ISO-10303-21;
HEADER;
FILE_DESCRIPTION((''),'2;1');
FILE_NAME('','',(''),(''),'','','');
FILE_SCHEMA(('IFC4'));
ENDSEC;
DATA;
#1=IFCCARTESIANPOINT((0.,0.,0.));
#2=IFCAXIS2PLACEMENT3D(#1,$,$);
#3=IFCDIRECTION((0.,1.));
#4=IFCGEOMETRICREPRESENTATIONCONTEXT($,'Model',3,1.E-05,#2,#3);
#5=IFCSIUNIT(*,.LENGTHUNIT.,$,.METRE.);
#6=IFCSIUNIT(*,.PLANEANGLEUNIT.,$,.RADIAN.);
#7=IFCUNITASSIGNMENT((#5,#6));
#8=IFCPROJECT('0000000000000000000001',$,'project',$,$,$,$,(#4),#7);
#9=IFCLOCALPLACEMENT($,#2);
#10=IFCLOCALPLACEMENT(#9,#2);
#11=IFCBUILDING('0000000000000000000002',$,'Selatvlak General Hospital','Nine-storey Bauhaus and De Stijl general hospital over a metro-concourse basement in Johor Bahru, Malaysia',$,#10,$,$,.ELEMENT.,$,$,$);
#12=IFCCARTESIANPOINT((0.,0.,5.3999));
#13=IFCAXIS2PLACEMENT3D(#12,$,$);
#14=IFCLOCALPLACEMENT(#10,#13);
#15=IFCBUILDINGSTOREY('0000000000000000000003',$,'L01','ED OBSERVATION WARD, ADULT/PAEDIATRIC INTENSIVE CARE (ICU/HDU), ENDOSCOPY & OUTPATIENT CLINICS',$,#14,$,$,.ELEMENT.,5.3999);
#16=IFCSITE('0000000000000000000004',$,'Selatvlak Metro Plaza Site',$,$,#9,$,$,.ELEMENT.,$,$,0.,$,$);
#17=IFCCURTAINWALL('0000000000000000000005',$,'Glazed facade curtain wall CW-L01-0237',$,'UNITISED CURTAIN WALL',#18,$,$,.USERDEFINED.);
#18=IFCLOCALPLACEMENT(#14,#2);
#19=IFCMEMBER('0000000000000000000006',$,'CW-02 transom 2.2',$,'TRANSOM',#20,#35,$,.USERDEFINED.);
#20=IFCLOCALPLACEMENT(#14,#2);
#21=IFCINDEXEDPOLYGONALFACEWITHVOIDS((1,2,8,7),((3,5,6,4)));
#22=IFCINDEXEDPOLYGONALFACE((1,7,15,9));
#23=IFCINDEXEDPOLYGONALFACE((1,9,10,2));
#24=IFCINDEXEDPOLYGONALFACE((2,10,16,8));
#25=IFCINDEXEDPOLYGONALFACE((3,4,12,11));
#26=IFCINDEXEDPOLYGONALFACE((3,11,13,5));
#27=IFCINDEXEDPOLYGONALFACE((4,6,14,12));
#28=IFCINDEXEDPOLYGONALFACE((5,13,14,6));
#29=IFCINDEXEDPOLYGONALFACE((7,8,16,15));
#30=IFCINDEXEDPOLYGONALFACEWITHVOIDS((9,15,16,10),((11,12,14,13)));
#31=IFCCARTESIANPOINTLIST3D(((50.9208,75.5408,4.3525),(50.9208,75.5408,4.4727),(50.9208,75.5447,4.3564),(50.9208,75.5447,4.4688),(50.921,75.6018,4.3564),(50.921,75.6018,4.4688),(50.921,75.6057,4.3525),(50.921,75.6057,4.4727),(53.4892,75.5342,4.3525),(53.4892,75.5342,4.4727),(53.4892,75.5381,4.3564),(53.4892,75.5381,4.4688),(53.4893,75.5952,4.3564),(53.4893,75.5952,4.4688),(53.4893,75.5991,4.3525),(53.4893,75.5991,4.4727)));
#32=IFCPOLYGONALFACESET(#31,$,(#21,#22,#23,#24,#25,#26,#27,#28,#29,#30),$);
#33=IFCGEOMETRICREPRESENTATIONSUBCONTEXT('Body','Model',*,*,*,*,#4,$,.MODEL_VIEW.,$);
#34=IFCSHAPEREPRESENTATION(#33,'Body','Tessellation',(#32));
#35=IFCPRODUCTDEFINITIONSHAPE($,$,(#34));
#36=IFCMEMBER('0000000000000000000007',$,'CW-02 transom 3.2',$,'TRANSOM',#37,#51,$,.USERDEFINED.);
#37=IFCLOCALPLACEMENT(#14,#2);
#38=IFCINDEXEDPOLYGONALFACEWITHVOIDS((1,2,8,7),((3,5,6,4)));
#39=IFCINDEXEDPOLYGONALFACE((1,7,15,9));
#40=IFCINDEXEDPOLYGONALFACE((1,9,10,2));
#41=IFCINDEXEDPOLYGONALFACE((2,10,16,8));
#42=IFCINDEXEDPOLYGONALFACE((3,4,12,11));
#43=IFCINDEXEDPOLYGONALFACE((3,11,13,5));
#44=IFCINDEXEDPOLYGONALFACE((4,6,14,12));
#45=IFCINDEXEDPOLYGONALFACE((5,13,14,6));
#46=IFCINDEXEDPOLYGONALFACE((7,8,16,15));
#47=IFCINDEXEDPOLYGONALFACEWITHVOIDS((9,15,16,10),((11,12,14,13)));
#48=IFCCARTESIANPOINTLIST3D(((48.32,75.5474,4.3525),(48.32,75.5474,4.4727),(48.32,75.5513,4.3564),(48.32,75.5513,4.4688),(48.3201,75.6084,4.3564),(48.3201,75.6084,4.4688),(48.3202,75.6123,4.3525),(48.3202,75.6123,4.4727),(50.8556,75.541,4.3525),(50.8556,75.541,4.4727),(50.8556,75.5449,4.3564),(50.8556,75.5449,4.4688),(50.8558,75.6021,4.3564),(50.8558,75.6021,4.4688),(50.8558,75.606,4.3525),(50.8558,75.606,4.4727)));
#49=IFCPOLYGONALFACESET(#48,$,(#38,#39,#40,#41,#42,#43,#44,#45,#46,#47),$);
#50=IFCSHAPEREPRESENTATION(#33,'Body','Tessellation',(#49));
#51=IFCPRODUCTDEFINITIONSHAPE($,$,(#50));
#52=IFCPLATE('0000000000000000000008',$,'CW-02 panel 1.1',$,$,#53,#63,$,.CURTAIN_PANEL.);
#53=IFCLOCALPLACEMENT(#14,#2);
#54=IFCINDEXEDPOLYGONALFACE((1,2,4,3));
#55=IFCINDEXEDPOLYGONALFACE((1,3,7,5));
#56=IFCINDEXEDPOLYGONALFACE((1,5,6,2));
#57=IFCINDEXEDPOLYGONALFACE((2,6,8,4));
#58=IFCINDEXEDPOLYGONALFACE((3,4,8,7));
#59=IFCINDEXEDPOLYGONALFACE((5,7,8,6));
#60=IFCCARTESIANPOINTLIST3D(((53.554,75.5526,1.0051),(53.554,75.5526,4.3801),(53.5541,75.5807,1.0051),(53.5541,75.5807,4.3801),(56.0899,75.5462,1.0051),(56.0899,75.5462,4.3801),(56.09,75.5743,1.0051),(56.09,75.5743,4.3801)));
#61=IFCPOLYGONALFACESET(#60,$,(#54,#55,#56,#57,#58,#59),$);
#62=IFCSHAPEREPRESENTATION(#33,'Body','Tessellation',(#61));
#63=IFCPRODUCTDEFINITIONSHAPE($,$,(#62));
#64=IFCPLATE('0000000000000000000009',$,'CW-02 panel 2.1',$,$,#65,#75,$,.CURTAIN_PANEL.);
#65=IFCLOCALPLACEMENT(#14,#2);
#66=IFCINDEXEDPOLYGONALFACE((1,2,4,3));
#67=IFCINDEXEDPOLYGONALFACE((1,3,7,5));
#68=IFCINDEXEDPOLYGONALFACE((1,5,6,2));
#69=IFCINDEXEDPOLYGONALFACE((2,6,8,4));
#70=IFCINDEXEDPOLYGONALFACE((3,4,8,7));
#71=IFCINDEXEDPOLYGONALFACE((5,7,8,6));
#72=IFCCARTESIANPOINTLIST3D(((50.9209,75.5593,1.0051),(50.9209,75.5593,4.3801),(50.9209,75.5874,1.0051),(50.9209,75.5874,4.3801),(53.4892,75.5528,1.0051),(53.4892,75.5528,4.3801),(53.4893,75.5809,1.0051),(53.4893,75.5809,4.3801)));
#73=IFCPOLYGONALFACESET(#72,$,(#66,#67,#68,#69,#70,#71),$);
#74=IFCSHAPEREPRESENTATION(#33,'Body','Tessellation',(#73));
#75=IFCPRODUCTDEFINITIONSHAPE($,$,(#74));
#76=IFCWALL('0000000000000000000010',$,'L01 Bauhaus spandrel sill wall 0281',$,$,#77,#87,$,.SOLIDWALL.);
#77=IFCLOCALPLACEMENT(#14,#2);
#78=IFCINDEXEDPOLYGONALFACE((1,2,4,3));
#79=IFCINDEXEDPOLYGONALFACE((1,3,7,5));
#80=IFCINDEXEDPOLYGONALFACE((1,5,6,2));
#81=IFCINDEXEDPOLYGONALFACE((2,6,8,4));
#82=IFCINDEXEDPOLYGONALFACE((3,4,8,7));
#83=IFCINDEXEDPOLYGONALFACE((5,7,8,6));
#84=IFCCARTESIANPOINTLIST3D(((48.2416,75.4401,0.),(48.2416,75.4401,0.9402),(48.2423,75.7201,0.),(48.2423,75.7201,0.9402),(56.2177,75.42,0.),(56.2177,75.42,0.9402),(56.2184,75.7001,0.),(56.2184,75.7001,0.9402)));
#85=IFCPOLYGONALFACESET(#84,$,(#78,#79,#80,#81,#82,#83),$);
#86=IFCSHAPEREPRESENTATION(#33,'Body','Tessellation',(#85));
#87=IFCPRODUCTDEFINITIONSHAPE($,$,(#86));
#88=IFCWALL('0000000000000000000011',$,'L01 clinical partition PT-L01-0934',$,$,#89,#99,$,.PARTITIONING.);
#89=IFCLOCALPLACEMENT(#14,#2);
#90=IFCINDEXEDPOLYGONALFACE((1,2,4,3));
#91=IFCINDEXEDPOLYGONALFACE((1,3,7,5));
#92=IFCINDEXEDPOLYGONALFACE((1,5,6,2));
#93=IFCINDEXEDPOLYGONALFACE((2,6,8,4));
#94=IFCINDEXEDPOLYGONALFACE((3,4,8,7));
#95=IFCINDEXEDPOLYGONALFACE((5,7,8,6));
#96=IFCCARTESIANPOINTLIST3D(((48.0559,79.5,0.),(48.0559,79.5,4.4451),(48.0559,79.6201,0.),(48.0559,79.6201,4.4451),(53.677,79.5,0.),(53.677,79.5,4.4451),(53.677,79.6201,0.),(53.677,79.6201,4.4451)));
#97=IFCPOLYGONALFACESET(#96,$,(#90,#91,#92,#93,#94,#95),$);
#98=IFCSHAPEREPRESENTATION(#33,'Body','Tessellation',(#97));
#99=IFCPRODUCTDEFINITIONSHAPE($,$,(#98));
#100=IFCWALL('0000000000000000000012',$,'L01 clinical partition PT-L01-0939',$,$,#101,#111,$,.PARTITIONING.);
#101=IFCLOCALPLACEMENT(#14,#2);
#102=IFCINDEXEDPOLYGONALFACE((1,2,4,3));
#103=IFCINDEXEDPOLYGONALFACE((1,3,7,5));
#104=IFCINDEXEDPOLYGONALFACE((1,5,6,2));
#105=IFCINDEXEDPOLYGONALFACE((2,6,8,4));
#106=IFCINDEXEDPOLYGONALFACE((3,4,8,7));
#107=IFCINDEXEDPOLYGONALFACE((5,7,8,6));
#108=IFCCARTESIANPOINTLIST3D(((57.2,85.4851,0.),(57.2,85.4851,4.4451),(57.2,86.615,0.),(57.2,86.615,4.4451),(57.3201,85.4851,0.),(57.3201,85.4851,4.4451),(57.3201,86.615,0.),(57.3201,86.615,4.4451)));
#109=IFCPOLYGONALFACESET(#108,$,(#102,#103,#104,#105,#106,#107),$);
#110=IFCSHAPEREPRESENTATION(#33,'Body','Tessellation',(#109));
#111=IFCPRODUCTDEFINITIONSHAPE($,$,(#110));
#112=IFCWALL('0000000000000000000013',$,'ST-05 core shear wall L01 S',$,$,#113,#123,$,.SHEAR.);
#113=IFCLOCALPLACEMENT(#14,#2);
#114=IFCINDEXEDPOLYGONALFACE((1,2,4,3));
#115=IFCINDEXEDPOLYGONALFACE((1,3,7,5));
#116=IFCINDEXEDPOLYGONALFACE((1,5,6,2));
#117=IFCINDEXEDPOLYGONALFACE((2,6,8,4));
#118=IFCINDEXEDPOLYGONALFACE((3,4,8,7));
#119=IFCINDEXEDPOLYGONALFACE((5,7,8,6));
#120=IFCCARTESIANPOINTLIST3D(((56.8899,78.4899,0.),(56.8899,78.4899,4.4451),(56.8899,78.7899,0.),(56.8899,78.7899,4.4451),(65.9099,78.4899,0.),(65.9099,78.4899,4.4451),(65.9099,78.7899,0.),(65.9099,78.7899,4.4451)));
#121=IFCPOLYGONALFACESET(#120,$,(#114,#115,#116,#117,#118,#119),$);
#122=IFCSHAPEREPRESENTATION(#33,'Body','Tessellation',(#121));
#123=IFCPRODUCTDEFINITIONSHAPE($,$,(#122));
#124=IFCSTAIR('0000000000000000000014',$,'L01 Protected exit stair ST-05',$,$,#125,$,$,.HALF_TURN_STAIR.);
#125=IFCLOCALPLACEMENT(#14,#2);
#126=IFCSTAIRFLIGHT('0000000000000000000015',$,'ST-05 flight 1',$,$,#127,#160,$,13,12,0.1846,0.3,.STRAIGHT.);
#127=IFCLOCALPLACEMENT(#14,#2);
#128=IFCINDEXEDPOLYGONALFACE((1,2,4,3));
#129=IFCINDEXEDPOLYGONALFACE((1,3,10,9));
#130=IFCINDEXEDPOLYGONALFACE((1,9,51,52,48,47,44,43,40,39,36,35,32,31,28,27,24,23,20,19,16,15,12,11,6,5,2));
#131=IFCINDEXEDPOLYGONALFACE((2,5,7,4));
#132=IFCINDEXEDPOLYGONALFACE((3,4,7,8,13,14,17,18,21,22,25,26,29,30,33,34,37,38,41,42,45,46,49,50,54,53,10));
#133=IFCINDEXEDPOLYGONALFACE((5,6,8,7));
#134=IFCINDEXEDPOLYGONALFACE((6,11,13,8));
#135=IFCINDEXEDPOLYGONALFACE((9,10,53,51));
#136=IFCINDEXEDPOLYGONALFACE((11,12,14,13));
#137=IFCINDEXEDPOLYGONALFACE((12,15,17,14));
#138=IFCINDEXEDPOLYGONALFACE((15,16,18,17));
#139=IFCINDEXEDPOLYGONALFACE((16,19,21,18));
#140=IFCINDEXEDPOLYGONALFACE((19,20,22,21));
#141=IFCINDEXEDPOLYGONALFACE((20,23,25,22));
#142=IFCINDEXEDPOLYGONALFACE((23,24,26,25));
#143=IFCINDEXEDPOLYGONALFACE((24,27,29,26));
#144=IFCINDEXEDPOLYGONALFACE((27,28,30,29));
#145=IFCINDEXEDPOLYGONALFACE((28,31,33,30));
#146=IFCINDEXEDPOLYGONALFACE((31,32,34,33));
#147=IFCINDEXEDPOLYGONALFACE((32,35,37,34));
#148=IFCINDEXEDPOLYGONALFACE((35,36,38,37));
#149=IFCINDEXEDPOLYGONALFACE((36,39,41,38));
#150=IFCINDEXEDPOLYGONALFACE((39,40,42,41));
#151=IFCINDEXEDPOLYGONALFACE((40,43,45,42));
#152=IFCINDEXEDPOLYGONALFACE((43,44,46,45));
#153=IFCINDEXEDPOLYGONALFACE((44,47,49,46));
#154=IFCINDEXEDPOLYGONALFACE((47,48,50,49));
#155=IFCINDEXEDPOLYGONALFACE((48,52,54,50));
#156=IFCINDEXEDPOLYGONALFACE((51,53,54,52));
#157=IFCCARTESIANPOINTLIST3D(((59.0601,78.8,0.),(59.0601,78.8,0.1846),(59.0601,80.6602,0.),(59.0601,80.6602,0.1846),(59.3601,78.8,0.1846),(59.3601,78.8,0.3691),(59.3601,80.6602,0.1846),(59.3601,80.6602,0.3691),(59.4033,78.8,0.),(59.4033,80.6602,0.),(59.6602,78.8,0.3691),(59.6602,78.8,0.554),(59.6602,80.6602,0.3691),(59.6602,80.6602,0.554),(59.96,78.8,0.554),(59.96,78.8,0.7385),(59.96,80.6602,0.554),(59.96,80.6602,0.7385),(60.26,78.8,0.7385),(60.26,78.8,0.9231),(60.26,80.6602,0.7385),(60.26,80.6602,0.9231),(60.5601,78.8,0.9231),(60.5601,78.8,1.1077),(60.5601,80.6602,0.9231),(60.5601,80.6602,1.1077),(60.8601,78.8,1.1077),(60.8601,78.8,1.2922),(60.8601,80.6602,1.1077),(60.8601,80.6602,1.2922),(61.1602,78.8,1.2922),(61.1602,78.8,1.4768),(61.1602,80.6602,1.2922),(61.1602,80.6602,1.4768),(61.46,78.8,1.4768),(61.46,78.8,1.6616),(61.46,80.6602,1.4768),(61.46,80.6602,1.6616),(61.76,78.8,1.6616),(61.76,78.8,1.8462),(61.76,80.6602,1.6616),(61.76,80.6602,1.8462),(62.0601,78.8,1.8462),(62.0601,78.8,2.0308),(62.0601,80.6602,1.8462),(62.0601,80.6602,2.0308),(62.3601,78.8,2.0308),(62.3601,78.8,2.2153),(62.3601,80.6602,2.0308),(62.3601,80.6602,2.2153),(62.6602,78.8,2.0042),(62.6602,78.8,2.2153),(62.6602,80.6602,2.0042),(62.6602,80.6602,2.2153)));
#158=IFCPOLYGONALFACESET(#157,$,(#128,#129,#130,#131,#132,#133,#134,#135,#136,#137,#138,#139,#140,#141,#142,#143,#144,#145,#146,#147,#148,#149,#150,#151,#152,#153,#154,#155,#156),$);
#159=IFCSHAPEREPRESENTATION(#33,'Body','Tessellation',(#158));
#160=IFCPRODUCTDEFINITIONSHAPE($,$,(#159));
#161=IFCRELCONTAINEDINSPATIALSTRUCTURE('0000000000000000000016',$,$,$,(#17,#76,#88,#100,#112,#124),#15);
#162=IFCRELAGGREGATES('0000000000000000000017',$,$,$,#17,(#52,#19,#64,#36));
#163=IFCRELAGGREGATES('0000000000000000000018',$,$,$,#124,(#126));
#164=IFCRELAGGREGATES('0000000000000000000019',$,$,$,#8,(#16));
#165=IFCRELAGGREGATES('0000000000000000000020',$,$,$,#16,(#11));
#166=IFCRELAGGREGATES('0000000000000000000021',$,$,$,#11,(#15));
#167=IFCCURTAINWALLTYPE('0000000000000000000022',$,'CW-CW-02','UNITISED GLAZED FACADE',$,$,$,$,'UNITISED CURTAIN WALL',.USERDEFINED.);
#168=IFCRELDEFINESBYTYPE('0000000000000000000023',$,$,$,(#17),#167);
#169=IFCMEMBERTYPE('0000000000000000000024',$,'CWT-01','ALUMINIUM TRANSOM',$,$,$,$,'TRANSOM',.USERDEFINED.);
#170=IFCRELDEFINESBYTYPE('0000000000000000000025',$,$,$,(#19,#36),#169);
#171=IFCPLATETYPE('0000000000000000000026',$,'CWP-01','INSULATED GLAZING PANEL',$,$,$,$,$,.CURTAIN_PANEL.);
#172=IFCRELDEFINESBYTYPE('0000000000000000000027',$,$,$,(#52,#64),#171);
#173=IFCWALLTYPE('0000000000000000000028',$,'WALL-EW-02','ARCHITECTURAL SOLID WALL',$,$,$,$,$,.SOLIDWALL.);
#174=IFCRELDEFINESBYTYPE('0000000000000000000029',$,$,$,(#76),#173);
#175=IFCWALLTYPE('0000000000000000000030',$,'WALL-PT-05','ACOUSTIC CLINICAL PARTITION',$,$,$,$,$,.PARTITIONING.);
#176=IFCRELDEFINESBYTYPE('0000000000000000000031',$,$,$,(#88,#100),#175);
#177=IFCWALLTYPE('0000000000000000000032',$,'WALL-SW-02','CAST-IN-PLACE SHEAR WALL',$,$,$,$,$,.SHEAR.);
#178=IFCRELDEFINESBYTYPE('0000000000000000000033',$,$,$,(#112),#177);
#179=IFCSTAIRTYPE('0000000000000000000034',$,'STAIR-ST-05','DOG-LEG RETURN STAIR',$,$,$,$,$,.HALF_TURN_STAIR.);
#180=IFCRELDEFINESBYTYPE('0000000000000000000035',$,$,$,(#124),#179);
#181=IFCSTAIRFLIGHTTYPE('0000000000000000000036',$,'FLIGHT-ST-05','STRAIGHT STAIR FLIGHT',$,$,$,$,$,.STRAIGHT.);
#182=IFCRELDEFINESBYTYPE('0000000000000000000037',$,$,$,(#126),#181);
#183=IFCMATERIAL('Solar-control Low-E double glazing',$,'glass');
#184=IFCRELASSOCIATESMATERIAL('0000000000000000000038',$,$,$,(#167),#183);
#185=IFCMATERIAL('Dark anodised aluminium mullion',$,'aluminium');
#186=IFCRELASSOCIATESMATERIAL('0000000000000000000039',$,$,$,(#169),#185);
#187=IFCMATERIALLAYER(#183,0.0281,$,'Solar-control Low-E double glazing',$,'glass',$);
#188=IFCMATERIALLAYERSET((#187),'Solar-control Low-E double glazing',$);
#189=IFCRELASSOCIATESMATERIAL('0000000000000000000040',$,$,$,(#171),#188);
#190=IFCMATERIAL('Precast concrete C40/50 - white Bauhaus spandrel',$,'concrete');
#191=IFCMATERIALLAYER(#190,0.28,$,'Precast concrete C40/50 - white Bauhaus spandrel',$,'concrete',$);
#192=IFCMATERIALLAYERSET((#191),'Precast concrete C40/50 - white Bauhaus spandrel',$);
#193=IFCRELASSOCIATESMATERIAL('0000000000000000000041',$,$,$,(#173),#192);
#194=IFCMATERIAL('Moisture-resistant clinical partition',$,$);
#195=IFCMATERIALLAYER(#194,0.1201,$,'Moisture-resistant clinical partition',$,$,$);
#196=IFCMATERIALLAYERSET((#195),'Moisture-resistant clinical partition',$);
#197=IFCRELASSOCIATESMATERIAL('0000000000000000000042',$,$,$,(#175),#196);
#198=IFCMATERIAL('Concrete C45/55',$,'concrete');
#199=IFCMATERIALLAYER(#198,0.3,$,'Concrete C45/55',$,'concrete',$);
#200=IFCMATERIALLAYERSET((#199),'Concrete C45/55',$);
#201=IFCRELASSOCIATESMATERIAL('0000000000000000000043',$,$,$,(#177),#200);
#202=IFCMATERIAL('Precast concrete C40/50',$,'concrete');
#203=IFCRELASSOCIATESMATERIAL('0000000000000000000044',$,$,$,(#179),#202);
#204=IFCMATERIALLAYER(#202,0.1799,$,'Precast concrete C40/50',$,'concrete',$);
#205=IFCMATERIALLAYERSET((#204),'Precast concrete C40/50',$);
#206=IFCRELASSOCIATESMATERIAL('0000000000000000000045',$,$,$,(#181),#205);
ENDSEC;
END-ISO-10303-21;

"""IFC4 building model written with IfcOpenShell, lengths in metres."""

from ifc_helpers import new_model, si_unit, direction, frame, frame_2d, origin, origin_2d, place, context, subcontext, project, spatial, polyline, rectangle, hollow_rectangle, outline, extrude, material, layer, layer_set, material_profile, profile_set, type_object, element, aggregate, save


model = new_model("IFC4")

# Units and contexts
model_context = context("Model", 3, precision=1e-05, world=origin(), true_north=direction((0.0, 1.0)))
body_context = subcontext(model_context, "Body", "Model", "MODEL_VIEW")
ifc_project = project(units=[si_unit("LENGTHUNIT", "METRE"), si_unit("PLANEANGLEUNIT", "RADIAN")], contexts=[model_context])

# Site, building, storey
site_placement = place(None, origin())
site = spatial("IfcSite", under=ifc_project, at=site_placement, Name="Selatvlak Metro Plaza Site", CompositionType="ELEMENT", RefElevation=0.0)
building_placement = place(site_placement, origin())
building = spatial("IfcBuilding", under=site, at=building_placement, Name="Selatvlak General Hospital", Description="Nine-storey Bauhaus and De Stijl general hospital over a metro-concourse basement in Johor Bahru, Malaysia", CompositionType="ELEMENT")
storey_placement = place(building_placement, frame((0.0, 0.0, 5.3999)))
storey = spatial("IfcBuildingStorey", under=building, at=storey_placement, Name="L01", Description="ED OBSERVATION WARD, ADULT/PAEDIATRIC INTENSIVE CARE (ICU/HDU), ENDOSCOPY & OUTPATIENT CLINICS", CompositionType="ELEMENT", Elevation=5.3999)

# Curtain wall, members, plates
ifc_material_1 = material(Name="Solar-control Low-E double glazing", Category="glass")
curtain_wall_type = type_object("IfcCurtainWallType", Name="CW-CW-02", Description="UNITISED GLAZED FACADE", ElementType="UNITISED CURTAIN WALL", PredefinedType="USERDEFINED", material=ifc_material_1)
curtain_wall_placement = place(storey_placement, origin())
curtain_wall = element("IfcCurtainWall", 1, at=curtain_wall_placement, inside=storey, type_object=curtain_wall_type, Name="Glazed facade curtain wall CW-L01-0237", ObjectType="UNITISED CURTAIN WALL", PredefinedType="USERDEFINED")
ifc_material_2 = material(Name="Dark anodised aluminium mullion", Category="aluminium")
ifc_material_profile_1 = material_profile(ifc_material_2, hollow_rectangle(XDim=0.0649, YDim=0.1201, WallThickness=0.0039, at=origin_2d()), Name="AL-TRN 65x120x4")
ifc_profile_set_1 = profile_set([ifc_material_profile_1], Name="Dark anodised aluminium mullion")
member_type_1 = type_object("IfcMemberType", Name="CWT-01", Description="ALUMINIUM TRANSOM", ElementType="TRANSOM", PredefinedType="USERDEFINED", material=ifc_profile_set_1)
member_1_placement = place(storey_placement, frame((53.4893, 75.5667, 4.4126), z_axis=(-0.999997, 0.002567, 0.0), x_axis=(-0.002567, -0.999997, 0.0)))
member_1 = element("IfcMember", 2, at=member_1_placement, type_object=member_type_1, Name="CW-02 transom 2.2", ObjectType="TRANSOM", PredefinedType="USERDEFINED", context=body_context, shape_type="SweptSolid", body=[
    extrude(hollow_rectangle(XDim=0.0649, YDim=0.1201, WallThickness=0.0039, at=origin_2d()), origin(), (0.0, 0.0, 1.0), 2.5684),
])
member_2_placement = place(storey_placement, frame((50.8557, 75.5735, 4.4126), z_axis=(-0.999997, 0.002503, 0.0), x_axis=(-0.002503, -0.999997, 0.0)))
member_2 = element("IfcMember", 3, at=member_2_placement, type_object=member_type_1, Name="CW-02 transom 3.2", ObjectType="TRANSOM", PredefinedType="USERDEFINED", context=body_context, shape_type="SweptSolid", body=[
    extrude(hollow_rectangle(XDim=0.0649, YDim=0.1201, WallThickness=0.0039, at=origin_2d()), origin(), (0.0, 0.0, 1.0), 2.5356),
])
ifc_layer_1 = layer(ifc_material_1, 0.0281, Name="Solar-control Low-E double glazing", Category="glass")
ifc_layer_set_1 = layer_set([ifc_layer_1], Name="Solar-control Low-E double glazing")
plate_type = type_object("IfcPlateType", Name="CWP-01", Description="INSULATED GLAZING PANEL", PredefinedType="CURTAIN_PANEL", material=ifc_layer_set_1)
plate_1_placement = place(storey_placement, frame((54.822, 75.5635, 1.0051), z_axis=(0.0, 0.0, 1.0), x_axis=(-0.999997, 0.002532, 0.0)))
plate_1 = element("IfcPlate", 4, at=plate_1_placement, type_object=plate_type, Name="CW-02 panel 1.1", PredefinedType="CURTAIN_PANEL", context=body_context, shape_type="SweptSolid", body=[
    extrude(rectangle(XDim=2.5359, YDim=0.0281, at=origin_2d()), origin(), (0.0, 0.0, 1.0), 3.375),
])
plate_2_placement = place(storey_placement, frame((52.2051, 75.5701, 1.0051), z_axis=(0.0, 0.0, 1.0), x_axis=(-0.999997, 0.002532, 0.0)))
plate_2 = element("IfcPlate", 5, at=plate_2_placement, type_object=plate_type, Name="CW-02 panel 2.1", PredefinedType="CURTAIN_PANEL", context=body_context, shape_type="SweptSolid", body=[
    extrude(rectangle(XDim=2.5684, YDim=0.0281, at=origin_2d()), origin(), (0.0, 0.0, 1.0), 3.375),
])
aggregate(curtain_wall, [plate_1, member_1, plate_2, member_2])

# Walls
ifc_material_3 = material(Name="Precast concrete C40/50 - white Bauhaus spandrel", Category="concrete")
ifc_layer_2 = layer(ifc_material_3, 0.28, Name="Precast concrete C40/50 - white Bauhaus spandrel", Category="concrete")
ifc_layer_set_2 = layer_set([ifc_layer_2], Name="Precast concrete C40/50 - white Bauhaus spandrel")
wall_type_1 = type_object("IfcWallType", Name="WALL-EW-02", Description="ARCHITECTURAL SOLID WALL", PredefinedType="SOLIDWALL", material=ifc_layer_set_2)
wall_1_placement = place(storey_placement, frame((56.218, 75.5601, 0.0), z_axis=(0.0, 0.0, 1.0), x_axis=(-0.999997, 0.00251, 0.0)))
element("IfcWall", 6, at=wall_1_placement, inside=storey, type_object=wall_type_1, Name="L01 Bauhaus spandrel sill wall 0281", PredefinedType="SOLIDWALL", context=body_context, shape_type="SweptSolid", body=[
    extrude(rectangle(XDim=7.9761, YDim=0.28, at=frame_2d((3.988, 0.0))), origin(), (0.0, 0.0, 1.0), 0.9402),
])
ifc_material_4 = material(Name="Moisture-resistant clinical partition")
ifc_layer_3 = layer(ifc_material_4, 0.1201, Name="Moisture-resistant clinical partition")
ifc_layer_set_3 = layer_set([ifc_layer_3], Name="Moisture-resistant clinical partition")
wall_type_2 = type_object("IfcWallType", Name="WALL-PT-05", Description="ACOUSTIC CLINICAL PARTITION", PredefinedType="PARTITIONING", material=ifc_layer_set_3)
wall_2_placement = place(storey_placement, frame((53.677, 79.5601, 0.0), z_axis=(0.0, 0.0, 1.0), x_axis=(-1.0, 0.0, 0.0)))
element("IfcWall", 7, at=wall_2_placement, inside=storey, type_object=wall_type_2, Name="L01 clinical partition PT-L01-0934", PredefinedType="PARTITIONING", context=body_context, shape_type="SweptSolid", body=[
    extrude(rectangle(XDim=5.6211, YDim=0.1201, at=frame_2d((2.8105, 0.0))), origin(), (0.0, 0.0, 1.0), 4.4451),
])
wall_3_placement = place(storey_placement, frame((57.26, 85.4851, 0.0), z_axis=(0.0, 0.0, 1.0), x_axis=(0.0, 1.0, 0.0)))
element("IfcWall", 8, at=wall_3_placement, inside=storey, type_object=wall_type_2, Name="L01 clinical partition PT-L01-0939", PredefinedType="PARTITIONING", context=body_context, shape_type="SweptSolid", body=[
    extrude(rectangle(XDim=1.1299, YDim=0.1201, at=frame_2d((0.5649, 0.0))), origin(), (0.0, 0.0, 1.0), 4.4451),
])
ifc_material_5 = material(Name="Concrete C45/55", Category="concrete")
ifc_layer_4 = layer(ifc_material_5, 0.3, Name="Concrete C45/55", Category="concrete")
ifc_layer_set_4 = layer_set([ifc_layer_4], Name="Concrete C45/55")
wall_type_3 = type_object("IfcWallType", Name="WALL-SW-02", Description="CAST-IN-PLACE SHEAR WALL", PredefinedType="SHEAR", material=ifc_layer_set_4)
wall_4_placement = place(storey_placement, frame((56.8899, 78.6399, 0.0), z_axis=(0.0, 0.0, 1.0), x_axis=(1.0, 0.0, 0.0)))
element("IfcWall", 9, at=wall_4_placement, inside=storey, type_object=wall_type_3, Name="ST-05 core shear wall L01 S", PredefinedType="SHEAR", context=body_context, shape_type="SweptSolid", body=[
    extrude(rectangle(XDim=9.02, YDim=0.3, at=frame_2d((4.51, 0.0))), origin(), (0.0, 0.0, 1.0), 4.4451),
])

# Stair, stair flight
ifc_material_6 = material(Name="Precast concrete C40/50", Category="concrete")
stair_type = type_object("IfcStairType", Name="STAIR-ST-05", Description="DOG-LEG RETURN STAIR", PredefinedType="HALF_TURN_STAIR", material=ifc_material_6)
stair_placement = place(storey_placement, origin())
stair = element("IfcStair", 10, at=stair_placement, inside=storey, type_object=stair_type, Name="L01 Protected exit stair ST-05", PredefinedType="HALF_TURN_STAIR")
ifc_layer_5 = layer(ifc_material_6, 0.1799, Name="Precast concrete C40/50", Category="concrete")
ifc_layer_set_5 = layer_set([ifc_layer_5], Name="Precast concrete C40/50")
stair_flight_type = type_object("IfcStairFlightType", Name="FLIGHT-ST-05", Description="STRAIGHT STAIR FLIGHT", PredefinedType="STRAIGHT", material=ifc_layer_set_5)
stair_flight_1_placement = place(storey_placement, frame((59.0601, 79.73, 0.0), z_axis=(0.0, 0.0, 1.0), x_axis=(1.0, 0.0, 0.0)))
stair_flight_1 = element("IfcStairFlight", 11, at=stair_flight_1_placement, type_object=stair_flight_type, Name="ST-05 flight 1", NumberOfRisers=13, NumberOfTreads=12, PredefinedType="STRAIGHT", RiserHeight=0.1846, TreadLength=0.3, context=body_context, shape_type="SweptSolid", body=[
    extrude(outline(polyline([(0.0, 0.0), (0.0, 0.1846), (0.3, 0.1846), (0.3, 0.3691), (0.6001, 0.3691), (0.6001, 0.554), (0.8999, 0.554), (0.8999, 0.7385), (1.2, 0.7385), (1.2, 0.9231), (1.5, 0.9231), (1.5, 1.1077), (1.8, 1.1077), (1.8, 1.2922), (2.1001, 1.2922), (2.1001, 1.4768), (2.3999, 1.4768), (2.3999, 1.6616), (2.7, 1.6616), (2.7, 1.8462), (3.0, 1.8462), (3.0, 2.0308), (3.3, 2.0308), (3.3, 2.2153), (3.6001, 2.2153), (3.6001, 2.3999), (3.6001, 2.0042), (0.3433, 0.0), (0.0, 0.0)])), frame((0.0, 0.9302, 0.0), z_axis=(0.0, -1.0, 0.0), x_axis=(1.0, 0.0, 0.0)), (0.0, 0.0, 1.0), 1.8601),
])
aggregate(stair, [stair_flight_1])

save(model, "model.ifc")
